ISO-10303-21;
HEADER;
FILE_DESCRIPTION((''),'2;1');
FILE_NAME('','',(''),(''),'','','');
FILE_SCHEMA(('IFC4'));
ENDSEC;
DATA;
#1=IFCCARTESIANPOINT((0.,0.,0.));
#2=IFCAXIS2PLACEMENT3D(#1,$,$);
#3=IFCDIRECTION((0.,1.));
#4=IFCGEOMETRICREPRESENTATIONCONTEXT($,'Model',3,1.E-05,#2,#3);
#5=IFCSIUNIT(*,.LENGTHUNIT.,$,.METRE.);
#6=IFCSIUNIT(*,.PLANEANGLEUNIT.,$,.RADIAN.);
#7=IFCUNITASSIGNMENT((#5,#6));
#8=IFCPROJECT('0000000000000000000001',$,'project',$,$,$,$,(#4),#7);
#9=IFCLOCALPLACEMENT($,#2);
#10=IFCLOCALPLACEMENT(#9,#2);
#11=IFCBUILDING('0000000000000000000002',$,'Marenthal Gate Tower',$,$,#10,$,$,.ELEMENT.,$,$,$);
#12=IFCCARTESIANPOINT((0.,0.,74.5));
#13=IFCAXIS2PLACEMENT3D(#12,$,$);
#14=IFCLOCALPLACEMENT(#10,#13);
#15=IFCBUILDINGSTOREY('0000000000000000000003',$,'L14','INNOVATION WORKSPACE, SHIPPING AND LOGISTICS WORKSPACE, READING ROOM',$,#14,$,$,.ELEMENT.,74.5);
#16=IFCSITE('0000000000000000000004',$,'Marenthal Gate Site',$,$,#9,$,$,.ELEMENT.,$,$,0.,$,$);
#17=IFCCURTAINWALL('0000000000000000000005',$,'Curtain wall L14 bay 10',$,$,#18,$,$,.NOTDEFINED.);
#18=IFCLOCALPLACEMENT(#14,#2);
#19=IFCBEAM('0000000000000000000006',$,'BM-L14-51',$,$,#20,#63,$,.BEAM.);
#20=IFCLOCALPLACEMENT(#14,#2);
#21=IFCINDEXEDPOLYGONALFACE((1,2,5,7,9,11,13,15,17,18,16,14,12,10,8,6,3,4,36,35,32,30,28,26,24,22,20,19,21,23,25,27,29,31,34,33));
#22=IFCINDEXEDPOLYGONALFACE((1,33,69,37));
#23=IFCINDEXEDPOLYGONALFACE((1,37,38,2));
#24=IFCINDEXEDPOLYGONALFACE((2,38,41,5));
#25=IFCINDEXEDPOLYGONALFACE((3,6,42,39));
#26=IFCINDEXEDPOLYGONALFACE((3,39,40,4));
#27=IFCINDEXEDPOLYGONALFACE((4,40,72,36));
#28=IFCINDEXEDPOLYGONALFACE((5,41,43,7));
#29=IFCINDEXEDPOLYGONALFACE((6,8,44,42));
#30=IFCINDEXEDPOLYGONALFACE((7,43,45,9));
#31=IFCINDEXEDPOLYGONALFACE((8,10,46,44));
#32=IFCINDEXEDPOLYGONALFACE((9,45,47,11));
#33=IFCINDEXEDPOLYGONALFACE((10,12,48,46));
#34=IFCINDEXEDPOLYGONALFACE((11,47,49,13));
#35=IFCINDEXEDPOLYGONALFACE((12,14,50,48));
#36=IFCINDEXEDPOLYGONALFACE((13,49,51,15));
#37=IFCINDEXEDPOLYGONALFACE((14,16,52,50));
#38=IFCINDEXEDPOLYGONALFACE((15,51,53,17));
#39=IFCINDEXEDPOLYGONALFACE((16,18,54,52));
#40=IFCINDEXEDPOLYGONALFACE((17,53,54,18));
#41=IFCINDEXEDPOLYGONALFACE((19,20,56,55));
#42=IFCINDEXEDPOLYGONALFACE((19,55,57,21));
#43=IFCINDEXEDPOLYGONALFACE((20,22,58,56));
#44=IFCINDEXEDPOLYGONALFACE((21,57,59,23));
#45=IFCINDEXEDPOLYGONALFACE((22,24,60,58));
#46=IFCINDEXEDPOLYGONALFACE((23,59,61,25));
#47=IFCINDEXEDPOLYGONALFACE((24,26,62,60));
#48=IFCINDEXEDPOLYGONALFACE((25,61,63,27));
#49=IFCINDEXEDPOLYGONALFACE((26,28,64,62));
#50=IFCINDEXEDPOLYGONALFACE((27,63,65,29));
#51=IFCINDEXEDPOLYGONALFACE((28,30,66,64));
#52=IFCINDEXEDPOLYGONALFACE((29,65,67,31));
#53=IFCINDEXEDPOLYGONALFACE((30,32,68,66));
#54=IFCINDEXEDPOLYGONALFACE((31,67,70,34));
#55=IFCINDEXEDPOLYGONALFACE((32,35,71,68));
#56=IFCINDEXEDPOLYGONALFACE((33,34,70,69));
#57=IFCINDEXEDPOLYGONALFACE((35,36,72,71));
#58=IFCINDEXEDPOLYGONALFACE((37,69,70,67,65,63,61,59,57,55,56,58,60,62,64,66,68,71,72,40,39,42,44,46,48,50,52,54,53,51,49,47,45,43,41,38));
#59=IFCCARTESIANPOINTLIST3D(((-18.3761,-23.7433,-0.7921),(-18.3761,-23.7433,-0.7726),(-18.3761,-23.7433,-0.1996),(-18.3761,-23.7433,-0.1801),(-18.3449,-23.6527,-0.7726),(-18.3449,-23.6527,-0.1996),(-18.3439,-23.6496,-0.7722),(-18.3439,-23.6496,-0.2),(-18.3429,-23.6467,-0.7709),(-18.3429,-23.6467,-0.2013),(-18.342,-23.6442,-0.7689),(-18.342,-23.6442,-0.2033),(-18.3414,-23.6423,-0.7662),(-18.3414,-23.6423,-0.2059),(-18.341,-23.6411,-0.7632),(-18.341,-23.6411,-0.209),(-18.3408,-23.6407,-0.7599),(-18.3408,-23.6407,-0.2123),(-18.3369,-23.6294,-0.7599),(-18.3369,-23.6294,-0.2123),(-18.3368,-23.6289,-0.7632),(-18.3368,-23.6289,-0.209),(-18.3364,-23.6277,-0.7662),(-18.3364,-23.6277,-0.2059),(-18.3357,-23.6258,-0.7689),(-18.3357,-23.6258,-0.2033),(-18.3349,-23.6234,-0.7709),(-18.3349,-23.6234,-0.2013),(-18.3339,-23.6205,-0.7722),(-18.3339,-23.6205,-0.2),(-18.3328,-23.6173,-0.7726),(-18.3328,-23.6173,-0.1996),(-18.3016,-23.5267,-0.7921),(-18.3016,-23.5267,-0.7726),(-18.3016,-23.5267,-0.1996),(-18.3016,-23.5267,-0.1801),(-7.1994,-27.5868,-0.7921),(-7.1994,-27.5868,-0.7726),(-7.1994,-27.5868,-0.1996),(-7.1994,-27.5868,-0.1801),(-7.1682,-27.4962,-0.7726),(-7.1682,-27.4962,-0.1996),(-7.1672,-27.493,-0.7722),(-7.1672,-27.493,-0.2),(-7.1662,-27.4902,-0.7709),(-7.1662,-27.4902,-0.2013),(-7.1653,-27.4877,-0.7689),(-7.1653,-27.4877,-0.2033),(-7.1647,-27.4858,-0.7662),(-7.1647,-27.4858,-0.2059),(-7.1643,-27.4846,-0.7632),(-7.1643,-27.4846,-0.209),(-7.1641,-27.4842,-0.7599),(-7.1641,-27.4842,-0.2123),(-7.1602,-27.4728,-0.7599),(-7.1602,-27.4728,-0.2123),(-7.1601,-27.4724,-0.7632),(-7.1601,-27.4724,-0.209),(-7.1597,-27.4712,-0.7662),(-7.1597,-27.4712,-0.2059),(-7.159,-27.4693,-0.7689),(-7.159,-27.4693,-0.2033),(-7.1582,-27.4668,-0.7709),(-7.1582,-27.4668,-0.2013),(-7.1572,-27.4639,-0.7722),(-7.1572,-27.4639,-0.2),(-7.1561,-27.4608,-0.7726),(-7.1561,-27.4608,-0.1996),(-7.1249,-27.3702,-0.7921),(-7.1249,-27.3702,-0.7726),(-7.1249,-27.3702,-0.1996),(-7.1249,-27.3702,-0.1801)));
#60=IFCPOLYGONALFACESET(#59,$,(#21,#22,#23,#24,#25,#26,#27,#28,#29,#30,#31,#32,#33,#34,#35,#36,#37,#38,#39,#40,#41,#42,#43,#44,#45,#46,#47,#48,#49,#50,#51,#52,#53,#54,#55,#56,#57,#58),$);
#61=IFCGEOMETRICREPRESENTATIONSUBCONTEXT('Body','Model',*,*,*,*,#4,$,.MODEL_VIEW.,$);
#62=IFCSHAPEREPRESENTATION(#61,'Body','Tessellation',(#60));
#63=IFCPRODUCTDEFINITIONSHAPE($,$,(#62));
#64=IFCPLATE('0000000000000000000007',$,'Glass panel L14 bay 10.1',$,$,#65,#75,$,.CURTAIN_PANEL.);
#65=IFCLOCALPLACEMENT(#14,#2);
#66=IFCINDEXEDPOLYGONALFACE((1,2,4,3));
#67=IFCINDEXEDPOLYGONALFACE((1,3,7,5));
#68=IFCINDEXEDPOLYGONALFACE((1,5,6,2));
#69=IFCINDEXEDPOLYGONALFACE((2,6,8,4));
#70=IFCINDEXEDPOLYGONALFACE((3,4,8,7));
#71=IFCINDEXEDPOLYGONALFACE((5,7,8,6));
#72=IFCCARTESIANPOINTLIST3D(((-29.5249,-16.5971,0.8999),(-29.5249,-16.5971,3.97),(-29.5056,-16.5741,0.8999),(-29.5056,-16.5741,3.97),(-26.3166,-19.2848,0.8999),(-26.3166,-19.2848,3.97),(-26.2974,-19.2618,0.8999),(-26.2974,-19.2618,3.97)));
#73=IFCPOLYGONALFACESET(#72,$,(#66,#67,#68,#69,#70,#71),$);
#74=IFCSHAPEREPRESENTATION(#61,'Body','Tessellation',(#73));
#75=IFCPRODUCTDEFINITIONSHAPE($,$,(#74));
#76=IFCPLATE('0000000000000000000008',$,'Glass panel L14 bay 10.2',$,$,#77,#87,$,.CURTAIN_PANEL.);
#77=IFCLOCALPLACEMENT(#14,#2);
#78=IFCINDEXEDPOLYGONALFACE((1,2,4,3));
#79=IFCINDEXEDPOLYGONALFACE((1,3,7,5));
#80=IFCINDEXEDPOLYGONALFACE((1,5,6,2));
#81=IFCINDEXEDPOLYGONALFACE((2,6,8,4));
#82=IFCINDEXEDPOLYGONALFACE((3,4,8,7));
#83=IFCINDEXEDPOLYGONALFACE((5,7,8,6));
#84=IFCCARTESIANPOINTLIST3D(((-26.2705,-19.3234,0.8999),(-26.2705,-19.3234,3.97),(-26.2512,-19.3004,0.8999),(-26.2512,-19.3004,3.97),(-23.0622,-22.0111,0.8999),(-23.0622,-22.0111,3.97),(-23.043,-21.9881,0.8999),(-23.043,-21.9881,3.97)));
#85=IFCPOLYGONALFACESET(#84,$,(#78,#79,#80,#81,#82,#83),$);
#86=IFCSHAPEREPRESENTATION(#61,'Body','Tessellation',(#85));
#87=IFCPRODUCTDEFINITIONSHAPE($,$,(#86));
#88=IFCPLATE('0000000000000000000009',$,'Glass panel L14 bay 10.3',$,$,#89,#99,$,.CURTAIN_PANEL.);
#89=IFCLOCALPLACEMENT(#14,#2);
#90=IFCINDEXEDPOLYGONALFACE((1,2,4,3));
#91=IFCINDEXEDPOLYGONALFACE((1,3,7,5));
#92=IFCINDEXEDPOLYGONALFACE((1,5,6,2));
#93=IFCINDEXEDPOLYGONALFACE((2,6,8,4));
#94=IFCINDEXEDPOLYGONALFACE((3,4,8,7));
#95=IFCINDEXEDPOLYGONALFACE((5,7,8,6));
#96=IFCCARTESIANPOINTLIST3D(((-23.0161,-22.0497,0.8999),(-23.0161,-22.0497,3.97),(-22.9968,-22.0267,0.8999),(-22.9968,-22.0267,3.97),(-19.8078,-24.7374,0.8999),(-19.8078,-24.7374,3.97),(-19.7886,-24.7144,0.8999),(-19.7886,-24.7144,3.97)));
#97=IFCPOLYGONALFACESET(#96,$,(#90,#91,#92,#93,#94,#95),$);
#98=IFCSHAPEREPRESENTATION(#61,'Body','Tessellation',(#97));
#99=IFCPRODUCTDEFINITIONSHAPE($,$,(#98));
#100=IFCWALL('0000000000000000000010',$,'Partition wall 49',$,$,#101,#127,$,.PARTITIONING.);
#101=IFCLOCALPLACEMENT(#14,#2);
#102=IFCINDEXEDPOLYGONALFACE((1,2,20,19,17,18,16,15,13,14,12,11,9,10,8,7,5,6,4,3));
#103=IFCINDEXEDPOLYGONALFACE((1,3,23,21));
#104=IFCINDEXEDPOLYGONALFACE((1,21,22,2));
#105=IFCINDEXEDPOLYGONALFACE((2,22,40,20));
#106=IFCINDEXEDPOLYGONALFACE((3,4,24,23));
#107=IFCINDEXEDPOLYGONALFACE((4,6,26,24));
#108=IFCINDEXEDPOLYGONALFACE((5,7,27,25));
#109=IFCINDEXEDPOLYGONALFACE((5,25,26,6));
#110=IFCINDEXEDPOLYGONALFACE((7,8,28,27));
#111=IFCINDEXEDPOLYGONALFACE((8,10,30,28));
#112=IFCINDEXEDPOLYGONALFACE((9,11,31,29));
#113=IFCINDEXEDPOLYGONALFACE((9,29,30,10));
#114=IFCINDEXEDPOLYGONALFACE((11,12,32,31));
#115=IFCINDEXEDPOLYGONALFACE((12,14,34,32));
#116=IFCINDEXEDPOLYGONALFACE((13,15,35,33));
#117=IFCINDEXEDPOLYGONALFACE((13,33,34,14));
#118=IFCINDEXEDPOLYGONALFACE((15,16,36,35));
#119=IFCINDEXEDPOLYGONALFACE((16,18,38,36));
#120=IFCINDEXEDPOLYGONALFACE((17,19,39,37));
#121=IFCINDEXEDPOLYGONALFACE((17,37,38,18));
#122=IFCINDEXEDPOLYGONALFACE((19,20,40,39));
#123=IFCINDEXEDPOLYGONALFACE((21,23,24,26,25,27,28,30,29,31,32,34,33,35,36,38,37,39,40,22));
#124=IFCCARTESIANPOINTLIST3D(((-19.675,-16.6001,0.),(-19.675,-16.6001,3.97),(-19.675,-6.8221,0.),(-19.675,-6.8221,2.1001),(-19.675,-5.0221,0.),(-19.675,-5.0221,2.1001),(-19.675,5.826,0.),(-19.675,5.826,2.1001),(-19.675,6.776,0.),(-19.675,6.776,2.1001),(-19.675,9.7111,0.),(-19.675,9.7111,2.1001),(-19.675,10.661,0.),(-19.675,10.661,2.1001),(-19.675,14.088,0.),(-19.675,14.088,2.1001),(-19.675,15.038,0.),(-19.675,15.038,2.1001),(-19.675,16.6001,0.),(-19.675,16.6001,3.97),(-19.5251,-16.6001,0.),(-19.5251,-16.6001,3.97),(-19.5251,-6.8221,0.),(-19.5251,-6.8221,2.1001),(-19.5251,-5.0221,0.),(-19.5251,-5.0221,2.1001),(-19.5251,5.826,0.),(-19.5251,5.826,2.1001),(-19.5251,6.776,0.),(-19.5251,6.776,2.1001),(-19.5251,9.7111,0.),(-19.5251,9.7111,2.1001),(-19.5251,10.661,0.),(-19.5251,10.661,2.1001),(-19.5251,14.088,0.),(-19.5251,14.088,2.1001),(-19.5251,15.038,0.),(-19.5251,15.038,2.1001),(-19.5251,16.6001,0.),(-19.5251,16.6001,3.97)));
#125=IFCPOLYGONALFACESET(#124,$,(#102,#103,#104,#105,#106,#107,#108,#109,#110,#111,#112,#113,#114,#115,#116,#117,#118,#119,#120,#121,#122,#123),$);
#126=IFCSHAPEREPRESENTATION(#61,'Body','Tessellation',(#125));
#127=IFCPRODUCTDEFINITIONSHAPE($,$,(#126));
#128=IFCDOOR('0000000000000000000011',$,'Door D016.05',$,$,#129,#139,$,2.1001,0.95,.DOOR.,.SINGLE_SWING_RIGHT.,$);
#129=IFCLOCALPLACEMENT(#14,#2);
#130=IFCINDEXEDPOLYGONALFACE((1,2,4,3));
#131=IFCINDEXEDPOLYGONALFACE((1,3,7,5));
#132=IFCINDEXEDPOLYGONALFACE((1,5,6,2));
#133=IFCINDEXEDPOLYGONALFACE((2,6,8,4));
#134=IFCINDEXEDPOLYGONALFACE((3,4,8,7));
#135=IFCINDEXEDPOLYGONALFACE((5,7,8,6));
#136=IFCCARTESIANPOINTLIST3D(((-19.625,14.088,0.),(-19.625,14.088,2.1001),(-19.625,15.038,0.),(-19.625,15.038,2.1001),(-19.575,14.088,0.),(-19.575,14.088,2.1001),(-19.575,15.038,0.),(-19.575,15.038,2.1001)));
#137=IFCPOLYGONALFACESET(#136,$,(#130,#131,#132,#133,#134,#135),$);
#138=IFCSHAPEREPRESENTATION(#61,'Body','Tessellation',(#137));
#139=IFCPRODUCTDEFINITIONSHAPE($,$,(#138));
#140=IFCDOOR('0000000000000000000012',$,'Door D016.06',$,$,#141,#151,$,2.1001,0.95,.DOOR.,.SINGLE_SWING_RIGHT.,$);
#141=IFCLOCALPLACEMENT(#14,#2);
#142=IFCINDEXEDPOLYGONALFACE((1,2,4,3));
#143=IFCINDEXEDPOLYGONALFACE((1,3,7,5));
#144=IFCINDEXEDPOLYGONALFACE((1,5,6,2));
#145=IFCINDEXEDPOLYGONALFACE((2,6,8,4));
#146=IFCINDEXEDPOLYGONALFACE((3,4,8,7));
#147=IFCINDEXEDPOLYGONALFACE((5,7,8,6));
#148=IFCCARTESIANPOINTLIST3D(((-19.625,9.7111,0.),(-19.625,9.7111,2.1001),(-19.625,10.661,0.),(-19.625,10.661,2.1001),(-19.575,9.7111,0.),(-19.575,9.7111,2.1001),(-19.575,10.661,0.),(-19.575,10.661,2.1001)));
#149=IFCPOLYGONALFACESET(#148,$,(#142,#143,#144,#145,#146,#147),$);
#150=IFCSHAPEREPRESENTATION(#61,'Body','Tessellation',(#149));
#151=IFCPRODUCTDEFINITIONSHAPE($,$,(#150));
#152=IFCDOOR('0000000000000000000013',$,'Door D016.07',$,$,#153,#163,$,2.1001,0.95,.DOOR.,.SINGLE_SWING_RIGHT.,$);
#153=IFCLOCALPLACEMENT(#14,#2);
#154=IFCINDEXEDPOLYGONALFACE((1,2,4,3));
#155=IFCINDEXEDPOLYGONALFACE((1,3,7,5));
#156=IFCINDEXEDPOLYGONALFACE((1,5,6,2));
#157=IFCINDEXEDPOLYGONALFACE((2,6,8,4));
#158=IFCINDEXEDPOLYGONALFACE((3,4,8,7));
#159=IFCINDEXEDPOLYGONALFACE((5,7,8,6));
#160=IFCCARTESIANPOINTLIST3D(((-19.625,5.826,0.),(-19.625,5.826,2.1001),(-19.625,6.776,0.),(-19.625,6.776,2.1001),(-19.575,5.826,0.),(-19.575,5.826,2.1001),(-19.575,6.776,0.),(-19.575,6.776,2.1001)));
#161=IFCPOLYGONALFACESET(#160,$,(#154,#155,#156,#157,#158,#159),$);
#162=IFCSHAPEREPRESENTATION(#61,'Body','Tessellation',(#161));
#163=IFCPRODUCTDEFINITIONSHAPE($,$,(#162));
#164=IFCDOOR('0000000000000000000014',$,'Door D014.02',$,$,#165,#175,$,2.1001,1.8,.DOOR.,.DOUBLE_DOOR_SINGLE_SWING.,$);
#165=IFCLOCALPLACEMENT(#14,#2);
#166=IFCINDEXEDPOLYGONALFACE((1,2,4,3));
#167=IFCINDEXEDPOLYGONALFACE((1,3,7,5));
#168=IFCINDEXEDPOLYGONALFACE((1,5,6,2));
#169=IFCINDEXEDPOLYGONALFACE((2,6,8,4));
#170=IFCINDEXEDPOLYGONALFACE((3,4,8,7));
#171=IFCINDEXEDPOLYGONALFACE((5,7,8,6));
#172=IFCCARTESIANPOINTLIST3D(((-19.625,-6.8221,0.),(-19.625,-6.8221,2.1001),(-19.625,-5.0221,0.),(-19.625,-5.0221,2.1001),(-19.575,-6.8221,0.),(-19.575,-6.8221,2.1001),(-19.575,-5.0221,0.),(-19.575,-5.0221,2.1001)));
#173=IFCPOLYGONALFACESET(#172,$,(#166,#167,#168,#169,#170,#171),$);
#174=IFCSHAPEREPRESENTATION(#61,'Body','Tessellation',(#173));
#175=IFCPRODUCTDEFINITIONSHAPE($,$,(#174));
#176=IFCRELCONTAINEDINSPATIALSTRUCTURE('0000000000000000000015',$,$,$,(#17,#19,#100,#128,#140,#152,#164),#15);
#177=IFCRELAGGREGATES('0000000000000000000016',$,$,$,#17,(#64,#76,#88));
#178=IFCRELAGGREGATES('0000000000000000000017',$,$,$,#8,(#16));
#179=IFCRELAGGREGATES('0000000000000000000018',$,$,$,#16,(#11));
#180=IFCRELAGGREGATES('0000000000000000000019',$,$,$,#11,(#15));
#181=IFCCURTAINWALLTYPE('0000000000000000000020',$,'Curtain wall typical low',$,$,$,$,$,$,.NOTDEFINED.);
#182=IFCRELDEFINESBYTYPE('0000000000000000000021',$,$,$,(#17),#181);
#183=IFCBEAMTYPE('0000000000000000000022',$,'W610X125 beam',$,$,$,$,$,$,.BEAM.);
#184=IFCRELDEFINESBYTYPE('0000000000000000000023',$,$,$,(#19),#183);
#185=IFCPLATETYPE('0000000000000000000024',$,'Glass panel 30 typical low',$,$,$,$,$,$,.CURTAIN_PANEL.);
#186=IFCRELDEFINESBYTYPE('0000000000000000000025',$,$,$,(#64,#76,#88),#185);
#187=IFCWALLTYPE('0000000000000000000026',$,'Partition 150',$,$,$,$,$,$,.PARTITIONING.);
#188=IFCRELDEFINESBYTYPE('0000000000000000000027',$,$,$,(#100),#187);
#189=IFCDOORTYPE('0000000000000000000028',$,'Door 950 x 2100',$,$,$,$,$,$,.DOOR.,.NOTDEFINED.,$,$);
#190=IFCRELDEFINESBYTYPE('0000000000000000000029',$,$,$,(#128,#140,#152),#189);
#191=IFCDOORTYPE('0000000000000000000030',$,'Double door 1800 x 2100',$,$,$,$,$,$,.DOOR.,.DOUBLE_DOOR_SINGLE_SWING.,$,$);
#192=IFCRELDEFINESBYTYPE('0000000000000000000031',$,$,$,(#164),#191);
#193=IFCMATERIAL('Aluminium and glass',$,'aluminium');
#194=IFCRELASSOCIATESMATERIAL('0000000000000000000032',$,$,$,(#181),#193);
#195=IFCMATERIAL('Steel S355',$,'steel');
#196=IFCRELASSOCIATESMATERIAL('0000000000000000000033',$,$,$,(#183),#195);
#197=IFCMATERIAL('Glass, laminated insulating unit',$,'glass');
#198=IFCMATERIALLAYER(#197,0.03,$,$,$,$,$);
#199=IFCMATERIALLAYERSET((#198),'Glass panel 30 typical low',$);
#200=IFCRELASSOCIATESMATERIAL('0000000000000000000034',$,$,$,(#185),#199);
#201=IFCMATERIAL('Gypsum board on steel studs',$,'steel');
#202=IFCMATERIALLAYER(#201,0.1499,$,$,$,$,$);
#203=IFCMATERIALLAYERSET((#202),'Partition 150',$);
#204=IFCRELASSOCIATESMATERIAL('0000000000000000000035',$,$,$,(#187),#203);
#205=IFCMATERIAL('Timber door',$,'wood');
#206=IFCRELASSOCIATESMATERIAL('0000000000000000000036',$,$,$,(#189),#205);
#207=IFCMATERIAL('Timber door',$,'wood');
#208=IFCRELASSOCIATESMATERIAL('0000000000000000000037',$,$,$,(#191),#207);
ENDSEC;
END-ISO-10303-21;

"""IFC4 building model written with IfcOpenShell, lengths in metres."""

from ifc_helpers import new_model, si_unit, direction, frame, frame_2d, origin, origin_2d, place, context, subcontext, project, spatial, rectangle, i_section, extrude, material, layer, layer_set, material_profile, profile_set, type_object, element, fill, aggregate, save


model = new_model("IFC4")

# Units and contexts
model_context = context("Model", 3, precision=1e-05, world=origin(), true_north=direction((0.0, 1.0)))
body_context = subcontext(model_context, "Body", "Model", "MODEL_VIEW")
ifc_project = project(units=[si_unit("LENGTHUNIT", "METRE"), si_unit("PLANEANGLEUNIT", "RADIAN")], contexts=[model_context])

# Site, building, storey
site_placement = place(None, origin())
site = spatial("IfcSite", under=ifc_project, at=site_placement, Name="Marenthal Gate Site", CompositionType="ELEMENT", RefElevation=0.0)
building_placement = place(site_placement, origin())
building = spatial("IfcBuilding", under=site, at=building_placement, Name="Marenthal Gate Tower", CompositionType="ELEMENT")
storey_placement = place(building_placement, frame((0.0, 0.0, 74.5)))
storey = spatial("IfcBuildingStorey", under=building, at=storey_placement, Name="L14", Description="INNOVATION WORKSPACE, SHIPPING AND LOGISTICS WORKSPACE, READING ROOM", CompositionType="ELEMENT", Elevation=74.5)

# Curtain wall
ifc_material_1 = material(Name="Aluminium and glass", Category="aluminium")
curtain_wall_type = type_object("IfcCurtainWallType", Name="Curtain wall typical low", PredefinedType="NOTDEFINED", material=ifc_material_1)
curtain_wall_placement = place(storey_placement, origin())
curtain_wall = element("IfcCurtainWall", 1, at=curtain_wall_placement, inside=storey, type_object=curtain_wall_type, Name="Curtain wall L14 bay 10", PredefinedType="NOTDEFINED")

# Beam
ifc_material_2 = material(Name="Steel S355", Category="steel")
ifc_material_profile_1 = material_profile(ifc_material_2, i_section(OverallWidth=0.229, OverallDepth=0.6121, WebThickness=0.012, FlangeThickness=0.0195, FilletRadius=0.0127, at=origin_2d()), Name="W610X125")
ifc_profile_set_1 = profile_set([ifc_material_profile_1], Name="Steel S355")
beam_type_1 = type_object("IfcBeamType", Name="W610X125 beam", PredefinedType="BEAM", material=ifc_profile_set_1)
beam_1_placement = place(storey_placement, frame((-18.3389, -23.635, -0.4861), z_axis=(0.945648, -0.325193, 0.0), x_axis=(0.325193, 0.945648, 0.0)))
element("IfcBeam", 2, at=beam_1_placement, inside=storey, type_object=beam_type_1, Name="BM-L14-51", PredefinedType="BEAM", context=body_context, shape_type="SweptSolid", body=[
    extrude(i_section(OverallWidth=0.229, OverallDepth=0.6121, WebThickness=0.012, FlangeThickness=0.0195, FilletRadius=0.0127, at=origin_2d()), origin(), (0.0, 0.0, 1.0), 11.8191),
])

# Plates
ifc_material_3 = material(Name="Glass, laminated insulating unit", Category="glass")
ifc_layer_1 = layer(ifc_material_3, 0.03)
ifc_layer_set_1 = layer_set([ifc_layer_1], Name="Glass panel 30 typical low")
plate_type = type_object("IfcPlateType", Name="Glass panel 30 typical low", PredefinedType="CURTAIN_PANEL", material=ifc_layer_set_1)
plate_1_placement = place(storey_placement, frame((-27.9111, -17.9294, 0.8999), z_axis=(0.0, 0.0, 1.0), x_axis=(0.766557, -0.642176, 0.0)))
plate_1 = element("IfcPlate", 3, at=plate_1_placement, type_object=plate_type, Name="Glass panel L14 bay 10.1", PredefinedType="CURTAIN_PANEL", context=body_context, shape_type="SweptSolid", body=[
    extrude(rectangle(XDim=4.1853, YDim=0.03, at=origin_2d()), origin(), (0.0, 0.0, 1.0), 3.0701),
])
plate_2_placement = place(storey_placement, frame((-24.6567, -20.6558, 0.8999), z_axis=(0.0, 0.0, 1.0), x_axis=(0.766557, -0.642176, 0.0)))
plate_2 = element("IfcPlate", 4, at=plate_2_placement, type_object=plate_type, Name="Glass panel L14 bay 10.2", PredefinedType="CURTAIN_PANEL", context=body_context, shape_type="SweptSolid", body=[
    extrude(rectangle(XDim=4.1853, YDim=0.03, at=origin_2d()), origin(), (0.0, 0.0, 1.0), 3.0701),
])
plate_3_placement = place(storey_placement, frame((-21.4023, -23.3821, 0.8999), z_axis=(0.0, 0.0, 1.0), x_axis=(0.766557, -0.642176, 0.0)))
plate_3 = element("IfcPlate", 5, at=plate_3_placement, type_object=plate_type, Name="Glass panel L14 bay 10.3", PredefinedType="CURTAIN_PANEL", context=body_context, shape_type="SweptSolid", body=[
    extrude(rectangle(XDim=4.1853, YDim=0.03, at=origin_2d()), origin(), (0.0, 0.0, 1.0), 3.0701),
])
aggregate(curtain_wall, [plate_1, plate_2, plate_3])

# Wall, openings, doors
ifc_material_4 = material(Name="Gypsum board on steel studs", Category="steel")
ifc_layer_2 = layer(ifc_material_4, 0.1499)
ifc_layer_set_2 = layer_set([ifc_layer_2], Name="Partition 150")
wall_type_1 = type_object("IfcWallType", Name="Partition 150", PredefinedType="PARTITIONING", material=ifc_layer_set_2)
wall_1_placement = place(storey_placement, frame((-19.6001, -16.6001, 0.0), z_axis=(0.0, 0.0, 1.0), x_axis=(0.0, 1.0, 0.0)))
wall_1 = element("IfcWall", 6, at=wall_1_placement, inside=storey, type_object=wall_type_1, Name="Partition wall 49", PredefinedType="PARTITIONING", context=body_context, shape_type="SweptSolid", body=[
    extrude(rectangle(XDim=33.2002, YDim=0.1499, at=frame_2d((16.6001, 0.0))), origin(), (0.0, 0.0, 1.0), 3.97),
])
opening_1_placement = place(wall_1_placement, frame((30.688, 0.0, 0.0)))
opening_1 = element("IfcOpeningElement", 7, at=opening_1_placement, cuts=wall_1, PredefinedType="OPENING", context=body_context, shape_type="SweptSolid", body=[
    extrude(rectangle(XDim=0.95, YDim=2.1001, at=frame_2d((0.4751, 1.05))), frame((0.0, 0.085, 0.0), z_axis=(0.0, -1.0, 0.0), x_axis=(1.0, 0.0, 0.0)), (0.0, 0.0, 1.0), 0.1699),
])
opening_2_placement = place(wall_1_placement, frame((26.311, 0.0, 0.0)))
opening_2 = element("IfcOpeningElement", 8, at=opening_2_placement, cuts=wall_1, PredefinedType="OPENING", context=body_context, shape_type="SweptSolid", body=[
    extrude(rectangle(XDim=0.95, YDim=2.1001, at=frame_2d((0.4751, 1.05))), frame((0.0, 0.085, 0.0), z_axis=(0.0, -1.0, 0.0), x_axis=(1.0, 0.0, 0.0)), (0.0, 0.0, 1.0), 0.1699),
])
opening_3_placement = place(wall_1_placement, frame((22.426, 0.0, 0.0)))
opening_3 = element("IfcOpeningElement", 9, at=opening_3_placement, cuts=wall_1, PredefinedType="OPENING", context=body_context, shape_type="SweptSolid", body=[
    extrude(rectangle(XDim=0.95, YDim=2.1001, at=frame_2d((0.4751, 1.05))), frame((0.0, 0.085, 0.0), z_axis=(0.0, -1.0, 0.0), x_axis=(1.0, 0.0, 0.0)), (0.0, 0.0, 1.0), 0.1699),
])
opening_4_placement = place(wall_1_placement, frame((9.7781, 0.0, 0.0)))
opening_4 = element("IfcOpeningElement", 10, at=opening_4_placement, cuts=wall_1, PredefinedType="OPENING", context=body_context, shape_type="SweptSolid", body=[
    extrude(rectangle(XDim=1.8, YDim=2.1001, at=frame_2d((0.8999, 1.05))), frame((0.0, 0.085, 0.0), z_axis=(0.0, -1.0, 0.0), x_axis=(1.0, 0.0, 0.0)), (0.0, 0.0, 1.0), 0.1699),
])
ifc_material_5 = material(Name="Timber door", Category="wood")
door_type_1 = type_object("IfcDoorType", Name="Door 950 x 2100", OperationType="NOTDEFINED", PredefinedType="DOOR", material=ifc_material_5)
door_1_placement = place(opening_1_placement, origin())
door_1 = element("IfcDoor", 11, at=door_1_placement, inside=storey, type_object=door_type_1, Name="Door D016.05", OperationType="SINGLE_SWING_RIGHT", OverallHeight=2.1001, OverallWidth=0.95, PredefinedType="DOOR", context=body_context, shape_type="SweptSolid", body=[
    extrude(rectangle(XDim=0.95, YDim=2.1001, at=frame_2d((0.4751, 1.05))), frame((0.0, 0.0249, 0.0), z_axis=(0.0, -1.0, 0.0), x_axis=(1.0, 0.0, 0.0)), (0.0, 0.0, 1.0), 0.05),
])
fill(opening_1, door_1)
door_2_placement = place(opening_2_placement, origin())
door_2 = element("IfcDoor", 12, at=door_2_placement, inside=storey, type_object=door_type_1, Name="Door D016.06", OperationType="SINGLE_SWING_RIGHT", OverallHeight=2.1001, OverallWidth=0.95, PredefinedType="DOOR", context=body_context, shape_type="SweptSolid", body=[
    extrude(rectangle(XDim=0.95, YDim=2.1001, at=frame_2d((0.4751, 1.05))), frame((0.0, 0.0249, 0.0), z_axis=(0.0, -1.0, 0.0), x_axis=(1.0, 0.0, 0.0)), (0.0, 0.0, 1.0), 0.05),
])
fill(opening_2, door_2)
door_3_placement = place(opening_3_placement, origin())
door_3 = element("IfcDoor", 13, at=door_3_placement, inside=storey, type_object=door_type_1, Name="Door D016.07", OperationType="SINGLE_SWING_RIGHT", OverallHeight=2.1001, OverallWidth=0.95, PredefinedType="DOOR", context=body_context, shape_type="SweptSolid", body=[
    extrude(rectangle(XDim=0.95, YDim=2.1001, at=frame_2d((0.4751, 1.05))), frame((0.0, 0.0249, 0.0), z_axis=(0.0, -1.0, 0.0), x_axis=(1.0, 0.0, 0.0)), (0.0, 0.0, 1.0), 0.05),
])
fill(opening_3, door_3)
ifc_material_6 = material(Name="Timber door", Category="wood")
door_type_2 = type_object("IfcDoorType", Name="Double door 1800 x 2100", OperationType="DOUBLE_DOOR_SINGLE_SWING", PredefinedType="DOOR", material=ifc_material_6)
door_4_placement = place(opening_4_placement, origin())
door_4 = element("IfcDoor", 14, at=door_4_placement, inside=storey, type_object=door_type_2, Name="Door D014.02", OperationType="DOUBLE_DOOR_SINGLE_SWING", OverallHeight=2.1001, OverallWidth=1.8, PredefinedType="DOOR", context=body_context, shape_type="SweptSolid", body=[
    extrude(rectangle(XDim=1.8, YDim=2.1001, at=frame_2d((0.8999, 1.05))), frame((0.0, 0.0249, 0.0), z_axis=(0.0, -1.0, 0.0), x_axis=(1.0, 0.0, 0.0)), (0.0, 0.0, 1.0), 0.05),
])
fill(opening_4, door_4)

save(model, "model.ifc")
